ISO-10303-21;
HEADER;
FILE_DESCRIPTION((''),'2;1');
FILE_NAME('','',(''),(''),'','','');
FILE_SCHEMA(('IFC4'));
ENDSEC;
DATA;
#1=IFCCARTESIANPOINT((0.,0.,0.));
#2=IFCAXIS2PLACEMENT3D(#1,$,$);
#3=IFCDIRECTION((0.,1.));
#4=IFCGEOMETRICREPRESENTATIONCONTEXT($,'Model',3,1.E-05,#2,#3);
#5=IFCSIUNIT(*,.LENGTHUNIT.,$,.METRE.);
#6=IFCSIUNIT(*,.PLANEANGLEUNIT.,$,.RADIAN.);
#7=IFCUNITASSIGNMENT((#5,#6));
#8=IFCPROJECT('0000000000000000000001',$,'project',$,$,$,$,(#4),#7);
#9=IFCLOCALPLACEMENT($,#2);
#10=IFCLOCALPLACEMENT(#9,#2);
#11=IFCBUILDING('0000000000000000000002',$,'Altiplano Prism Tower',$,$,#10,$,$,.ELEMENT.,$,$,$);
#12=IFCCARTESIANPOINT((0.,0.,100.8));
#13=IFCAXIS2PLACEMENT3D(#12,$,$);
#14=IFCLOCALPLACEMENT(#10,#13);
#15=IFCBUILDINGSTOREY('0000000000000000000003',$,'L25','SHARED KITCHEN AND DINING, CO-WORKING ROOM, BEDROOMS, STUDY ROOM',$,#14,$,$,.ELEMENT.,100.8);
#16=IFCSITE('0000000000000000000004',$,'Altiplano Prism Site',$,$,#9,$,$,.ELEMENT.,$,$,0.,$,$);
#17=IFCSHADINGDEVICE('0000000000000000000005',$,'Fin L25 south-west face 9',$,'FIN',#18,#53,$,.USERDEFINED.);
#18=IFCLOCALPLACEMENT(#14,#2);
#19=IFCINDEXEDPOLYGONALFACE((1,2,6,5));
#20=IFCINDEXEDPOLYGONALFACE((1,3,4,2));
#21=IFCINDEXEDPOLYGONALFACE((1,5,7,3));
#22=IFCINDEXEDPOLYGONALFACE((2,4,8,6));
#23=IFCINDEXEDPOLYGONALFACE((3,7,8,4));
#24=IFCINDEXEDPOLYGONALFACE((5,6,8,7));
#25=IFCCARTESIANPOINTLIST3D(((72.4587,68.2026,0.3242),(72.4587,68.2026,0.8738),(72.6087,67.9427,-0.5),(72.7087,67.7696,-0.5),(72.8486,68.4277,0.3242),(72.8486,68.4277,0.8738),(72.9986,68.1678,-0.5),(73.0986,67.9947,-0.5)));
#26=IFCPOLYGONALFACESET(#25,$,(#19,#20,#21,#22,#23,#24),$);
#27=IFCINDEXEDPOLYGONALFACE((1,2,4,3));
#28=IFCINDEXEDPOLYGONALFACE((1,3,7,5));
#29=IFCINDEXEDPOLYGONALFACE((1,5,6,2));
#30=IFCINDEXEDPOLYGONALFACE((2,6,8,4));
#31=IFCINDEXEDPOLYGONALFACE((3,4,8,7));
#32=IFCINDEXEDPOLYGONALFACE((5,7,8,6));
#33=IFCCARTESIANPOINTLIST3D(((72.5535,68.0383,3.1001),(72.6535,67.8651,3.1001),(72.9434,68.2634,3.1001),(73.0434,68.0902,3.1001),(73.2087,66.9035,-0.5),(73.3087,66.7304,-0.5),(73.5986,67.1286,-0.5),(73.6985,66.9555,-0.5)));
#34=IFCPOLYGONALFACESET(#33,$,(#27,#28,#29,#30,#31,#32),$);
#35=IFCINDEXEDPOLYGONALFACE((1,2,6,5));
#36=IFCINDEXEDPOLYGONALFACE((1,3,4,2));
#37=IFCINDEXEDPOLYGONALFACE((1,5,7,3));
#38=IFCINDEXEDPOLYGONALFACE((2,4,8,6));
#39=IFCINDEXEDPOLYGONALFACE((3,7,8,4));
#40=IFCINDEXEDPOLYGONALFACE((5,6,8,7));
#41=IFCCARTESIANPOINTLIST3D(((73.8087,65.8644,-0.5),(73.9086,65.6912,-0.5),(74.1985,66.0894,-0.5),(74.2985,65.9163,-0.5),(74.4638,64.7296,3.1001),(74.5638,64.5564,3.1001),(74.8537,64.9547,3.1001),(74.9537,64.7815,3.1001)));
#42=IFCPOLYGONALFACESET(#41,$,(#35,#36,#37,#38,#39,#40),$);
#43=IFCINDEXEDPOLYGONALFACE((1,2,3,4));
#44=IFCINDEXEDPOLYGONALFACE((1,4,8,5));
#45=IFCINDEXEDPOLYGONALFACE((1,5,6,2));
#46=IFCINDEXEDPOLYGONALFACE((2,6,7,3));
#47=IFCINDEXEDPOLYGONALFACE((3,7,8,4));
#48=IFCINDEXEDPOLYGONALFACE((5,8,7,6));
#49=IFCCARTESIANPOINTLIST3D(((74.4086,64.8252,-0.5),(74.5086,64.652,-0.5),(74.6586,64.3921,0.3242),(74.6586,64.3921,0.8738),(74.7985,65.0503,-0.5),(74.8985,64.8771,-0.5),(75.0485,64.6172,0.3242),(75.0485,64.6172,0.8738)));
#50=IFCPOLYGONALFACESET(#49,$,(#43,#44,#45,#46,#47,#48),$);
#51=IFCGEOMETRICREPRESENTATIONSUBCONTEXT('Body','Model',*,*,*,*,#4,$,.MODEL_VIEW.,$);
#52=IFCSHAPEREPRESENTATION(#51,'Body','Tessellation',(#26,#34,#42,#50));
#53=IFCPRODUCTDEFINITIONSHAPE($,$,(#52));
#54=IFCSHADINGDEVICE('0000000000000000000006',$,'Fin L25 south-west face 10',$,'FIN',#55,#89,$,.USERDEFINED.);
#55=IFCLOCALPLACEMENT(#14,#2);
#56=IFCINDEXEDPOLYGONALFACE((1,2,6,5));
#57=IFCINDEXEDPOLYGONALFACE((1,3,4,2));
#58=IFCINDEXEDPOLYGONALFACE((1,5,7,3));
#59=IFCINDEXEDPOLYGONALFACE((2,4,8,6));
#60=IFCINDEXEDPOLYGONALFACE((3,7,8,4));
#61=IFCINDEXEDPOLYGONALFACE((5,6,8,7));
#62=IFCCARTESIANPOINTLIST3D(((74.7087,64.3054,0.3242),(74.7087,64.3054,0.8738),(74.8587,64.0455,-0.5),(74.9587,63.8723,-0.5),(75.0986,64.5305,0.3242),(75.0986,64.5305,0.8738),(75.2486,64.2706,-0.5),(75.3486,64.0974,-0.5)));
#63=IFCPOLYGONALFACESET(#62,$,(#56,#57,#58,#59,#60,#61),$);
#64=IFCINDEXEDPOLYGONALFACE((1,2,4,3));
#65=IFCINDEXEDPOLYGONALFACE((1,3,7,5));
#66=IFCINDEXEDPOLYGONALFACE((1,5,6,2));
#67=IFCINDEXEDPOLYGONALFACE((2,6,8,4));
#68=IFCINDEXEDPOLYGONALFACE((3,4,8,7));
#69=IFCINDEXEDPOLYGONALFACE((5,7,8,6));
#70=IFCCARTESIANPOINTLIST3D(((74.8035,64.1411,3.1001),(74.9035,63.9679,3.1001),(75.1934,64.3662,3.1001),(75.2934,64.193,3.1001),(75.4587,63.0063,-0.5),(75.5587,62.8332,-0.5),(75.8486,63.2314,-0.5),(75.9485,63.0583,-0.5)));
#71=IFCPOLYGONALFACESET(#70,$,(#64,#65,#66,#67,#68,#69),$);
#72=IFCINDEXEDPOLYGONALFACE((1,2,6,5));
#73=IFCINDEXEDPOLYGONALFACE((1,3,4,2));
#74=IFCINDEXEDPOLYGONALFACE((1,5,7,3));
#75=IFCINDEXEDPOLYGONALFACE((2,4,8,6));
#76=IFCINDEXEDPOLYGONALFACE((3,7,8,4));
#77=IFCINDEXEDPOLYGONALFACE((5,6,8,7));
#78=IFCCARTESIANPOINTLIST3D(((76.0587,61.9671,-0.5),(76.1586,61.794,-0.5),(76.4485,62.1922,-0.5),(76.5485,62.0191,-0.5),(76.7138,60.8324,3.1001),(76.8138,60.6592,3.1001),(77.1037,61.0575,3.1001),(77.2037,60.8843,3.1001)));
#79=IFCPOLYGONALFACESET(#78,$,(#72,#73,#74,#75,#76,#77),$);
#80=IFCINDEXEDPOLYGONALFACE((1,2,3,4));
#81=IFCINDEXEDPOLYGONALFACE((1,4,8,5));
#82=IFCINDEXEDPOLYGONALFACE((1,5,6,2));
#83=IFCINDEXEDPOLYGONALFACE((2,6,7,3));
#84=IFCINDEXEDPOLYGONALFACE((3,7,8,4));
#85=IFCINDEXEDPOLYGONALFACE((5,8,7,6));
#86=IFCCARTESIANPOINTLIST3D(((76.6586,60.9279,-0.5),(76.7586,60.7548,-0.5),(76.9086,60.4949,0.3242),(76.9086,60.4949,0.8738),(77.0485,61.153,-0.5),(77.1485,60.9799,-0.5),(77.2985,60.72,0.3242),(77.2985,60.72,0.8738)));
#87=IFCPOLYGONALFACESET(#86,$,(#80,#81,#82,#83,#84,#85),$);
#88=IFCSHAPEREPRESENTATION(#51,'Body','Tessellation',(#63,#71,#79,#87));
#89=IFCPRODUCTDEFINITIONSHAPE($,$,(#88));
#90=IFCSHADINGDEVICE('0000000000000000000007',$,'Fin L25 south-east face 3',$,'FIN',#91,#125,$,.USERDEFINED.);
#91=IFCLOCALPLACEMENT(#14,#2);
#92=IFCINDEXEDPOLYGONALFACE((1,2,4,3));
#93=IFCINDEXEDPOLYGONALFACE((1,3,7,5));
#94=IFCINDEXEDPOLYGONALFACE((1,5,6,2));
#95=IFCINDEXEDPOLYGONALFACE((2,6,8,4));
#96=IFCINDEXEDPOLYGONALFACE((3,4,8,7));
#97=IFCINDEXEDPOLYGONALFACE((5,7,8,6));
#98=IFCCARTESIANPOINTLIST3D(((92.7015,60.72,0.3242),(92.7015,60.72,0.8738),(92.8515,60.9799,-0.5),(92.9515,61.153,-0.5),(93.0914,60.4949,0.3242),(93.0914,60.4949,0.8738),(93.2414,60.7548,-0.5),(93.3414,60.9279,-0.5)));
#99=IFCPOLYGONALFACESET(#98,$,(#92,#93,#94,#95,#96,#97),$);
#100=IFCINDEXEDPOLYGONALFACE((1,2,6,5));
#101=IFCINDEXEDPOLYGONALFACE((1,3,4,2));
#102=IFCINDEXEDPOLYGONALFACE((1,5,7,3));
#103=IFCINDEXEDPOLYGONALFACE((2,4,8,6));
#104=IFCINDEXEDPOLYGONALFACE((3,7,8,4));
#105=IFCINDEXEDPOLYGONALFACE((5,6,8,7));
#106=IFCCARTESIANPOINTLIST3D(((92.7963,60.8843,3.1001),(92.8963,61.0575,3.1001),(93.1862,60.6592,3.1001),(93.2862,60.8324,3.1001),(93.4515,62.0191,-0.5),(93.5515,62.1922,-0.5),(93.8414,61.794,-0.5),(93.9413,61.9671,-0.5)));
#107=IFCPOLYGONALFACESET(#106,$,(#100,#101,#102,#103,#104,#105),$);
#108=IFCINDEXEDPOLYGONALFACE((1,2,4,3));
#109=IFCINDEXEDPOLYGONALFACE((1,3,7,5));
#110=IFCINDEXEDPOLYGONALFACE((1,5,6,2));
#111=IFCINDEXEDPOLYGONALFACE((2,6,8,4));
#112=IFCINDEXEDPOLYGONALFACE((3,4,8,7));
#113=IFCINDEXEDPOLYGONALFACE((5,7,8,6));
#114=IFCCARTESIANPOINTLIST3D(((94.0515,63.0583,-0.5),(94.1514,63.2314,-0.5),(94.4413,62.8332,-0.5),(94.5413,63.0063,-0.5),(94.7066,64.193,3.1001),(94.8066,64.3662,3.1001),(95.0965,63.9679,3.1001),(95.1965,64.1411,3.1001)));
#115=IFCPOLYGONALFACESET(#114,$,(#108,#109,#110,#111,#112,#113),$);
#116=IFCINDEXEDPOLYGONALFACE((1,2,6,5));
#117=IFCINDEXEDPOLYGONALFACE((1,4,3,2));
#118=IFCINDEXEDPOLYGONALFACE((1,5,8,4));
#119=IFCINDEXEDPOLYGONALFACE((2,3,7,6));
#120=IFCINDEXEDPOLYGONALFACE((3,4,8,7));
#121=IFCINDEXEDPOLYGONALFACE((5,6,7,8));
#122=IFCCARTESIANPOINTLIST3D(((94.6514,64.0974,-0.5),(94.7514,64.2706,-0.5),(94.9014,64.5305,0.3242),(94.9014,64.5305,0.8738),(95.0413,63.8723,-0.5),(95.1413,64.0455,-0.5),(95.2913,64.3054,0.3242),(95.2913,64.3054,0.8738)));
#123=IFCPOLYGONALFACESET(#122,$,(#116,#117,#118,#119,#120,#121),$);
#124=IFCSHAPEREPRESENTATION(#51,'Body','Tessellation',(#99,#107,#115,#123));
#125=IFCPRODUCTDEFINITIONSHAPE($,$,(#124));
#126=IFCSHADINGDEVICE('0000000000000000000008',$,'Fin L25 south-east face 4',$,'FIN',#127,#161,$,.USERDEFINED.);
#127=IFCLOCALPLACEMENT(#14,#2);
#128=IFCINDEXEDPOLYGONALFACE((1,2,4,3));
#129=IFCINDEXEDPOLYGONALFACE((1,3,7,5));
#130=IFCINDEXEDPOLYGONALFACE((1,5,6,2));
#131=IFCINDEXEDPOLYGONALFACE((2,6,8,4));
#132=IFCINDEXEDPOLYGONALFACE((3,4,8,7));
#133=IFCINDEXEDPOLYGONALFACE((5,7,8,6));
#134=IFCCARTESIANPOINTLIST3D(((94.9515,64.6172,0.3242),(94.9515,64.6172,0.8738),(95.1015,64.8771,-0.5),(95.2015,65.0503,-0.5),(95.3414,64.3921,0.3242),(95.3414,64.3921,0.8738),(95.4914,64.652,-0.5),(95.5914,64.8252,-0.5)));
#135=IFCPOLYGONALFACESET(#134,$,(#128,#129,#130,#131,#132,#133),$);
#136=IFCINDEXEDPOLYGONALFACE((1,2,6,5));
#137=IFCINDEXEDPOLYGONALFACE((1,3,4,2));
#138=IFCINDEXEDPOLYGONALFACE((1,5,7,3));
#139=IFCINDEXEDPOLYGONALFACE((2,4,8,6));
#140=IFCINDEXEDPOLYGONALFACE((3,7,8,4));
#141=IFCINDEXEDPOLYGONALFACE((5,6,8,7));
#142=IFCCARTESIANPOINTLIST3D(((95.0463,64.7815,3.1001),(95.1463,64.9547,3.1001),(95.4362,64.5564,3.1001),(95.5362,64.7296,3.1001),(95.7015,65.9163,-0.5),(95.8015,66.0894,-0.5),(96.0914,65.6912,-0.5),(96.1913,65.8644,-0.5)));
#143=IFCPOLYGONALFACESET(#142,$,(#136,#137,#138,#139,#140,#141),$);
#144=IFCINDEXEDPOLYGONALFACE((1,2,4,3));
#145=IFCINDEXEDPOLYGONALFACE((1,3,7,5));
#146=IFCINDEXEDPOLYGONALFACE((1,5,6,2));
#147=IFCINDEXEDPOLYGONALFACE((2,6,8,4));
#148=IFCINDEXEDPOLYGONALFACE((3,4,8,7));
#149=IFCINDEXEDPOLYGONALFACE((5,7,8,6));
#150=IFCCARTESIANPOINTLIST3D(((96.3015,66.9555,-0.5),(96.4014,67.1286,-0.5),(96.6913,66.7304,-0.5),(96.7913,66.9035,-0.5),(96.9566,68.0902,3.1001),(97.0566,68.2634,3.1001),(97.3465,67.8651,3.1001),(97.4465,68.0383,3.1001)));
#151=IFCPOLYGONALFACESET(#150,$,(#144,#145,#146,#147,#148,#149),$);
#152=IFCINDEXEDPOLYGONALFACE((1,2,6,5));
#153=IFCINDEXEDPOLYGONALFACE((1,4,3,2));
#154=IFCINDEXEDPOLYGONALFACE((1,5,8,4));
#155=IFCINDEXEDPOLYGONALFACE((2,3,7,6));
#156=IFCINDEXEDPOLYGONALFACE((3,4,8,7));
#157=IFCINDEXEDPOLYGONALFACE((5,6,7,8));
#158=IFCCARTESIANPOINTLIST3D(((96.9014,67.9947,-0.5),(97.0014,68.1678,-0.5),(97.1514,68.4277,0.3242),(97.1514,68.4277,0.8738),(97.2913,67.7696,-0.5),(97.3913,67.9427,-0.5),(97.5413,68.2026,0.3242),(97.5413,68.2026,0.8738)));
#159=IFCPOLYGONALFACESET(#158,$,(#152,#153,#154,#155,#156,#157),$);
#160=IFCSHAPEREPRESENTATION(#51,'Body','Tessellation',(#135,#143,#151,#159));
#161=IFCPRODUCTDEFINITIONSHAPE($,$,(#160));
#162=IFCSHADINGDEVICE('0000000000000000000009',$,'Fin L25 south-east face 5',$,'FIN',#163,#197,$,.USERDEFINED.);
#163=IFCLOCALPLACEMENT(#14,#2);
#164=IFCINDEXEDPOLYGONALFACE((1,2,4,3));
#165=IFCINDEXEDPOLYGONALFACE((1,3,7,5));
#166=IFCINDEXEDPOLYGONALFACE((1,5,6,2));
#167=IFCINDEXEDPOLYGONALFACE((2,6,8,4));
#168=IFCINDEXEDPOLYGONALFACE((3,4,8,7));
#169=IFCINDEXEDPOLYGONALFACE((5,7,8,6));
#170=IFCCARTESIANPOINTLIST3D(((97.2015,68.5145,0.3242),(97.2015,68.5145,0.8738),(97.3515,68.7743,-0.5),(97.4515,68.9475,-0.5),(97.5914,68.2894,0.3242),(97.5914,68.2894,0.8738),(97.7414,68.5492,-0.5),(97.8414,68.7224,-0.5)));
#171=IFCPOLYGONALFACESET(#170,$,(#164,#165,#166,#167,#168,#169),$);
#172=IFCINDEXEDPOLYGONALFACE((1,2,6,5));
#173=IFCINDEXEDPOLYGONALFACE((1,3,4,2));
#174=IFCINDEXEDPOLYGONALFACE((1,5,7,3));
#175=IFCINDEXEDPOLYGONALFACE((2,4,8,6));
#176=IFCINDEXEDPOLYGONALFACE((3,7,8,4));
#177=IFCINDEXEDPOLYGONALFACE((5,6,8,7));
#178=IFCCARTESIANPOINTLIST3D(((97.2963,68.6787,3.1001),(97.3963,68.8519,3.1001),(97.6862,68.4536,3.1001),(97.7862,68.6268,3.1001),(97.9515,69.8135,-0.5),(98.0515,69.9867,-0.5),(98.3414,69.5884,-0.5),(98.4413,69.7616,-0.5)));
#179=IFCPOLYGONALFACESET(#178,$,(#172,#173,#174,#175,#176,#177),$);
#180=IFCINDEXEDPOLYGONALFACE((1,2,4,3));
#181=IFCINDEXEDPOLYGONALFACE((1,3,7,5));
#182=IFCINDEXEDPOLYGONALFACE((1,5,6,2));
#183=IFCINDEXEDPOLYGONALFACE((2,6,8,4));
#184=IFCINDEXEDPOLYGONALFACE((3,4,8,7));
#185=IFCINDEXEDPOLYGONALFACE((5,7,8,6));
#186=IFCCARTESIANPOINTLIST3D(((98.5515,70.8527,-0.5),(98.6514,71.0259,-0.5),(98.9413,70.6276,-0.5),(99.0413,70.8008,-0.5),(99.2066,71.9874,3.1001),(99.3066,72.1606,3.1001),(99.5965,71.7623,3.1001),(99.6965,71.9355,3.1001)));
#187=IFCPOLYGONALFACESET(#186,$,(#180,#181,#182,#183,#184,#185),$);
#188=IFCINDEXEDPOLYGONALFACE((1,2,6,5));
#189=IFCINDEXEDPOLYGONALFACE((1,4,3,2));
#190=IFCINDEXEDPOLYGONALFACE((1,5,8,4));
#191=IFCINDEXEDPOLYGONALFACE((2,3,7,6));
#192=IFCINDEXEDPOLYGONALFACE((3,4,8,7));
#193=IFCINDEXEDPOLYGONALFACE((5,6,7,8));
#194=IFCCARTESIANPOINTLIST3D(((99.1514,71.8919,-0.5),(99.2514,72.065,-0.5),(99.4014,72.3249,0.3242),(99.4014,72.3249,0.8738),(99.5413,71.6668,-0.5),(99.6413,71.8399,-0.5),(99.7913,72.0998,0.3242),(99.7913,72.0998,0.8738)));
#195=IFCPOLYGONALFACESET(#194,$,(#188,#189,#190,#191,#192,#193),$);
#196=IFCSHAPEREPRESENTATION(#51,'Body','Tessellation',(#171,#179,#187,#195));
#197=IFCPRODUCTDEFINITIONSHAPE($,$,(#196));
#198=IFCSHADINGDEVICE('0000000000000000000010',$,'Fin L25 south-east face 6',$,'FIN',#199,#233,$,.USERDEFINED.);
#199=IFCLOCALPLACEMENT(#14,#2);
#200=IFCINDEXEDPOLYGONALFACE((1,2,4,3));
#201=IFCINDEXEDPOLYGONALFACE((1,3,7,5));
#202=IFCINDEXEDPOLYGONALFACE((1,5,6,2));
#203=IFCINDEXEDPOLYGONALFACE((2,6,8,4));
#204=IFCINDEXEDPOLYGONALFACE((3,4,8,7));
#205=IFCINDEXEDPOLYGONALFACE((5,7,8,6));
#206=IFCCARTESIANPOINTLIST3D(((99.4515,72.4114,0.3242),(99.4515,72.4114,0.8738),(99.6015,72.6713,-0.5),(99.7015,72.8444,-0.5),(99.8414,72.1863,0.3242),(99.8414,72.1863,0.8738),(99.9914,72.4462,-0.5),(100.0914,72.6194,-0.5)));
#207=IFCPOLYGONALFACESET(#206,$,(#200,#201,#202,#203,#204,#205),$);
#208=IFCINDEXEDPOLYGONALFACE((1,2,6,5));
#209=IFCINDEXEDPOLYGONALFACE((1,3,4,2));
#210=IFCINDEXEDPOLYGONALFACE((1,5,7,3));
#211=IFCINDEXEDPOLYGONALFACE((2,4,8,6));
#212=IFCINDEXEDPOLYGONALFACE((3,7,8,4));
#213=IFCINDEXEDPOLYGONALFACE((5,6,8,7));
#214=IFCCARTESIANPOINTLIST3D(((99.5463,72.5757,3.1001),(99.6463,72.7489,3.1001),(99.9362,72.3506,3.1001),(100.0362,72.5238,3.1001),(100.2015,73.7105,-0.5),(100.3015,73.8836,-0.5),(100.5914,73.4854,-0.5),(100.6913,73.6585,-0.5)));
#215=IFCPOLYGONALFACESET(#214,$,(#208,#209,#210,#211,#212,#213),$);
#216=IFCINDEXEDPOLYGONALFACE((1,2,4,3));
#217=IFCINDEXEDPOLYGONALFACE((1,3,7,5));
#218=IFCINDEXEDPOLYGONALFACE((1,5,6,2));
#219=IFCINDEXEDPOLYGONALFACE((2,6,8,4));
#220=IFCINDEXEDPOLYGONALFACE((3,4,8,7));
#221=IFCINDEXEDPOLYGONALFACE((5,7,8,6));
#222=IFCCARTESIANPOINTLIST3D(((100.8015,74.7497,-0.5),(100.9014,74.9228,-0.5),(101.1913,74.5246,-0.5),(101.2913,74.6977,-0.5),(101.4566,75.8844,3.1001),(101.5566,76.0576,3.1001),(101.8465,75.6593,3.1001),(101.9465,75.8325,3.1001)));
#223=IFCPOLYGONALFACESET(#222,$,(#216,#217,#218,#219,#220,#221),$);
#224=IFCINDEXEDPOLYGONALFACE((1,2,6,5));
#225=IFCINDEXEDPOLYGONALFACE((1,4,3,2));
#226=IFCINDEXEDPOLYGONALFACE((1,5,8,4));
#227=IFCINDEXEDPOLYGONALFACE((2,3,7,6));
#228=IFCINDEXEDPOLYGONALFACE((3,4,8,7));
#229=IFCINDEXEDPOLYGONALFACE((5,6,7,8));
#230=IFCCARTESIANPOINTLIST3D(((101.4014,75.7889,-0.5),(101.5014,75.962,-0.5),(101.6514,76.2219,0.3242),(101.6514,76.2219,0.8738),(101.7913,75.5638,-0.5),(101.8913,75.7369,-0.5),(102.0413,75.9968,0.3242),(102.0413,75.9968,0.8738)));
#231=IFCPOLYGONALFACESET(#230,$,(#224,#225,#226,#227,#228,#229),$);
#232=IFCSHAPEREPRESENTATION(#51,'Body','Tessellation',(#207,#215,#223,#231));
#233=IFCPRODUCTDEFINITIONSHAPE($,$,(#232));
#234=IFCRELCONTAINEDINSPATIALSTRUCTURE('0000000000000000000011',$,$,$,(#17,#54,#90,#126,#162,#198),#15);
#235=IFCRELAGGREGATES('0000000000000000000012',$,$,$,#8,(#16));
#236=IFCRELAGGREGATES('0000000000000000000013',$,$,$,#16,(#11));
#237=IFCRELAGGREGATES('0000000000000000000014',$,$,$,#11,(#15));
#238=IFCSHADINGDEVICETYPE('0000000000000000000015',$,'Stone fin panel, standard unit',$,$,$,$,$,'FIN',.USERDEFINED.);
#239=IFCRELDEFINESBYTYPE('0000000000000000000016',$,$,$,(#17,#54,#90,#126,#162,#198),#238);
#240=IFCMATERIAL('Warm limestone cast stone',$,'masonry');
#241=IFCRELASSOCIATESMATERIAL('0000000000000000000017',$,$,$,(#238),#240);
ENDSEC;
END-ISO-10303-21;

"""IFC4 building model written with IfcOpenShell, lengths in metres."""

from ifc_helpers import new_model, si_unit, direction, frame, origin, place, context, subcontext, project, spatial, polyline, outline, extrude, source, transform, mapped, material, type_object, element, save


model = new_model("IFC4")

# Units and contexts
model_context = context("Model", 3, precision=1e-05, world=origin(), true_north=direction((0.0, 1.0)))
body_context = subcontext(model_context, "Body", "Model", "MODEL_VIEW")
ifc_project = project(units=[si_unit("LENGTHUNIT", "METRE"), si_unit("PLANEANGLEUNIT", "RADIAN")], contexts=[model_context])

# Site, building, storey
site_placement = place(None, origin())
site = spatial("IfcSite", under=ifc_project, at=site_placement, Name="Altiplano Prism Site", CompositionType="ELEMENT", RefElevation=0.0)
building_placement = place(site_placement, origin())
building = spatial("IfcBuilding", under=site, at=building_placement, Name="Altiplano Prism Tower", CompositionType="ELEMENT")
storey_placement = place(building_placement, frame((0.0, 0.0, 100.8)))
storey = spatial("IfcBuildingStorey", under=building, at=storey_placement, Name="L25", Description="SHARED KITCHEN AND DINING, CO-WORKING ROOM, BEDROOMS, STUDY ROOM", CompositionType="ELEMENT", Elevation=100.8)

# Shading devices
ifc_material_1 = material(Name="Warm limestone cast stone", Category="masonry")
shading_device_type_1 = type_object("IfcShadingDeviceType", Name="Stone fin panel, standard unit", ElementType="FIN", PredefinedType="USERDEFINED", material=ifc_material_1)
shared_shape_1 = source(origin(), body_context, "Body", "SweptSolid", [
    extrude(outline(polyline([(-2.2, 1.3738), (-2.2, 0.8242), (-1.8999, 0.0), (-1.7, 0.0), (-2.2, 1.3738)])), frame((0.0, -0.1499, 0.0), z_axis=(0.0, -1.0, 0.0), x_axis=(1.0, 0.0, 0.0)), (0.0, 0.0, 1.0), 0.4502),
    extrude(outline(polyline([(-2.0103, 3.6001), (-0.7, 0.0), (-0.5, 0.0), (-1.8103, 3.6001), (-2.0103, 3.6001)])), frame((0.0, -0.1499, 0.0), z_axis=(0.0, -1.0, 0.0), x_axis=(1.0, 0.0, 0.0)), (0.0, 0.0, 1.0), 0.4502),
    extrude(outline(polyline([(1.8103, 3.6001), (0.5, 0.0), (0.7, 0.0), (2.0103, 3.6001), (1.8103, 3.6001)])), frame((0.0, -0.1499, 0.0), z_axis=(0.0, -1.0, 0.0), x_axis=(1.0, 0.0, 0.0)), (0.0, 0.0, 1.0), 0.4502),
    extrude(outline(polyline([(2.2, 0.8242), (2.2, 1.3738), (1.7, 0.0), (1.8999, 0.0), (2.2, 0.8242)])), frame((0.0, -0.1499, 0.0), z_axis=(0.0, -1.0, 0.0), x_axis=(1.0, 0.0, 0.0)), (0.0, 0.0, 1.0), 0.4502),
])
shading_device_1_placement = place(storey_placement, origin())
element("IfcShadingDevice", 1, at=shading_device_1_placement, inside=storey, type_object=shading_device_type_1, Name="Fin L25 south-west face 9", ObjectType="FIN", PredefinedType="USERDEFINED", context=body_context, shape_type="MappedRepresentation", body=[
    mapped(shared_shape_1, transform((74.0784, 66.5974, -0.5), x_axis=(0.5, -0.866025, 0.0), y_axis=(0.866025, 0.5, 0.0), z_axis=(0.0, 0.0, 1.0))),
])
shading_device_2_placement = place(storey_placement, origin())
element("IfcShadingDevice", 2, at=shading_device_2_placement, inside=storey, type_object=shading_device_type_1, Name="Fin L25 south-west face 10", ObjectType="FIN", PredefinedType="USERDEFINED", context=body_context, shape_type="MappedRepresentation", body=[
    mapped(shared_shape_1, transform((76.3284, 62.7002, -0.5), x_axis=(0.5, -0.866025, 0.0), y_axis=(0.866025, 0.5, 0.0), z_axis=(0.0, 0.0, 1.0))),
])
shading_device_3_placement = place(storey_placement, origin())
element("IfcShadingDevice", 3, at=shading_device_3_placement, inside=storey, type_object=shading_device_type_1, Name="Fin L25 south-east face 3", ObjectType="FIN", PredefinedType="USERDEFINED", context=body_context, shape_type="MappedRepresentation", body=[
    mapped(shared_shape_1, transform((93.6716, 62.7002, -0.5), x_axis=(0.5, 0.866025, 0.0), y_axis=(-0.866025, 0.5, 0.0), z_axis=(0.0, 0.0, 1.0))),
])
shading_device_4_placement = place(storey_placement, origin())
element("IfcShadingDevice", 4, at=shading_device_4_placement, inside=storey, type_object=shading_device_type_1, Name="Fin L25 south-east face 4", ObjectType="FIN", PredefinedType="USERDEFINED", context=body_context, shape_type="MappedRepresentation", body=[
    mapped(shared_shape_1, transform((95.9216, 66.5974, -0.5), x_axis=(0.5, 0.866025, 0.0), y_axis=(-0.866025, 0.5, 0.0), z_axis=(0.0, 0.0, 1.0))),
])
shading_device_5_placement = place(storey_placement, origin())
element("IfcShadingDevice", 5, at=shading_device_5_placement, inside=storey, type_object=shading_device_type_1, Name="Fin L25 south-east face 5", ObjectType="FIN", PredefinedType="USERDEFINED", context=body_context, shape_type="MappedRepresentation", body=[
    mapped(shared_shape_1, transform((98.1716, 70.4946, -0.5), x_axis=(0.5, 0.866025, 0.0), y_axis=(-0.866025, 0.5, 0.0), z_axis=(0.0, 0.0, 1.0))),
])
shading_device_6_placement = place(storey_placement, origin())
element("IfcShadingDevice", 6, at=shading_device_6_placement, inside=storey, type_object=shading_device_type_1, Name="Fin L25 south-east face 6", ObjectType="FIN", PredefinedType="USERDEFINED", context=body_context, shape_type="MappedRepresentation", body=[
    mapped(shared_shape_1, transform((100.4216, 74.3916, -0.5), x_axis=(0.5, 0.866025, 0.0), y_axis=(-0.866025, 0.5, 0.0), z_axis=(0.0, 0.0, 1.0))),
])

save(model, "model.ifc")
